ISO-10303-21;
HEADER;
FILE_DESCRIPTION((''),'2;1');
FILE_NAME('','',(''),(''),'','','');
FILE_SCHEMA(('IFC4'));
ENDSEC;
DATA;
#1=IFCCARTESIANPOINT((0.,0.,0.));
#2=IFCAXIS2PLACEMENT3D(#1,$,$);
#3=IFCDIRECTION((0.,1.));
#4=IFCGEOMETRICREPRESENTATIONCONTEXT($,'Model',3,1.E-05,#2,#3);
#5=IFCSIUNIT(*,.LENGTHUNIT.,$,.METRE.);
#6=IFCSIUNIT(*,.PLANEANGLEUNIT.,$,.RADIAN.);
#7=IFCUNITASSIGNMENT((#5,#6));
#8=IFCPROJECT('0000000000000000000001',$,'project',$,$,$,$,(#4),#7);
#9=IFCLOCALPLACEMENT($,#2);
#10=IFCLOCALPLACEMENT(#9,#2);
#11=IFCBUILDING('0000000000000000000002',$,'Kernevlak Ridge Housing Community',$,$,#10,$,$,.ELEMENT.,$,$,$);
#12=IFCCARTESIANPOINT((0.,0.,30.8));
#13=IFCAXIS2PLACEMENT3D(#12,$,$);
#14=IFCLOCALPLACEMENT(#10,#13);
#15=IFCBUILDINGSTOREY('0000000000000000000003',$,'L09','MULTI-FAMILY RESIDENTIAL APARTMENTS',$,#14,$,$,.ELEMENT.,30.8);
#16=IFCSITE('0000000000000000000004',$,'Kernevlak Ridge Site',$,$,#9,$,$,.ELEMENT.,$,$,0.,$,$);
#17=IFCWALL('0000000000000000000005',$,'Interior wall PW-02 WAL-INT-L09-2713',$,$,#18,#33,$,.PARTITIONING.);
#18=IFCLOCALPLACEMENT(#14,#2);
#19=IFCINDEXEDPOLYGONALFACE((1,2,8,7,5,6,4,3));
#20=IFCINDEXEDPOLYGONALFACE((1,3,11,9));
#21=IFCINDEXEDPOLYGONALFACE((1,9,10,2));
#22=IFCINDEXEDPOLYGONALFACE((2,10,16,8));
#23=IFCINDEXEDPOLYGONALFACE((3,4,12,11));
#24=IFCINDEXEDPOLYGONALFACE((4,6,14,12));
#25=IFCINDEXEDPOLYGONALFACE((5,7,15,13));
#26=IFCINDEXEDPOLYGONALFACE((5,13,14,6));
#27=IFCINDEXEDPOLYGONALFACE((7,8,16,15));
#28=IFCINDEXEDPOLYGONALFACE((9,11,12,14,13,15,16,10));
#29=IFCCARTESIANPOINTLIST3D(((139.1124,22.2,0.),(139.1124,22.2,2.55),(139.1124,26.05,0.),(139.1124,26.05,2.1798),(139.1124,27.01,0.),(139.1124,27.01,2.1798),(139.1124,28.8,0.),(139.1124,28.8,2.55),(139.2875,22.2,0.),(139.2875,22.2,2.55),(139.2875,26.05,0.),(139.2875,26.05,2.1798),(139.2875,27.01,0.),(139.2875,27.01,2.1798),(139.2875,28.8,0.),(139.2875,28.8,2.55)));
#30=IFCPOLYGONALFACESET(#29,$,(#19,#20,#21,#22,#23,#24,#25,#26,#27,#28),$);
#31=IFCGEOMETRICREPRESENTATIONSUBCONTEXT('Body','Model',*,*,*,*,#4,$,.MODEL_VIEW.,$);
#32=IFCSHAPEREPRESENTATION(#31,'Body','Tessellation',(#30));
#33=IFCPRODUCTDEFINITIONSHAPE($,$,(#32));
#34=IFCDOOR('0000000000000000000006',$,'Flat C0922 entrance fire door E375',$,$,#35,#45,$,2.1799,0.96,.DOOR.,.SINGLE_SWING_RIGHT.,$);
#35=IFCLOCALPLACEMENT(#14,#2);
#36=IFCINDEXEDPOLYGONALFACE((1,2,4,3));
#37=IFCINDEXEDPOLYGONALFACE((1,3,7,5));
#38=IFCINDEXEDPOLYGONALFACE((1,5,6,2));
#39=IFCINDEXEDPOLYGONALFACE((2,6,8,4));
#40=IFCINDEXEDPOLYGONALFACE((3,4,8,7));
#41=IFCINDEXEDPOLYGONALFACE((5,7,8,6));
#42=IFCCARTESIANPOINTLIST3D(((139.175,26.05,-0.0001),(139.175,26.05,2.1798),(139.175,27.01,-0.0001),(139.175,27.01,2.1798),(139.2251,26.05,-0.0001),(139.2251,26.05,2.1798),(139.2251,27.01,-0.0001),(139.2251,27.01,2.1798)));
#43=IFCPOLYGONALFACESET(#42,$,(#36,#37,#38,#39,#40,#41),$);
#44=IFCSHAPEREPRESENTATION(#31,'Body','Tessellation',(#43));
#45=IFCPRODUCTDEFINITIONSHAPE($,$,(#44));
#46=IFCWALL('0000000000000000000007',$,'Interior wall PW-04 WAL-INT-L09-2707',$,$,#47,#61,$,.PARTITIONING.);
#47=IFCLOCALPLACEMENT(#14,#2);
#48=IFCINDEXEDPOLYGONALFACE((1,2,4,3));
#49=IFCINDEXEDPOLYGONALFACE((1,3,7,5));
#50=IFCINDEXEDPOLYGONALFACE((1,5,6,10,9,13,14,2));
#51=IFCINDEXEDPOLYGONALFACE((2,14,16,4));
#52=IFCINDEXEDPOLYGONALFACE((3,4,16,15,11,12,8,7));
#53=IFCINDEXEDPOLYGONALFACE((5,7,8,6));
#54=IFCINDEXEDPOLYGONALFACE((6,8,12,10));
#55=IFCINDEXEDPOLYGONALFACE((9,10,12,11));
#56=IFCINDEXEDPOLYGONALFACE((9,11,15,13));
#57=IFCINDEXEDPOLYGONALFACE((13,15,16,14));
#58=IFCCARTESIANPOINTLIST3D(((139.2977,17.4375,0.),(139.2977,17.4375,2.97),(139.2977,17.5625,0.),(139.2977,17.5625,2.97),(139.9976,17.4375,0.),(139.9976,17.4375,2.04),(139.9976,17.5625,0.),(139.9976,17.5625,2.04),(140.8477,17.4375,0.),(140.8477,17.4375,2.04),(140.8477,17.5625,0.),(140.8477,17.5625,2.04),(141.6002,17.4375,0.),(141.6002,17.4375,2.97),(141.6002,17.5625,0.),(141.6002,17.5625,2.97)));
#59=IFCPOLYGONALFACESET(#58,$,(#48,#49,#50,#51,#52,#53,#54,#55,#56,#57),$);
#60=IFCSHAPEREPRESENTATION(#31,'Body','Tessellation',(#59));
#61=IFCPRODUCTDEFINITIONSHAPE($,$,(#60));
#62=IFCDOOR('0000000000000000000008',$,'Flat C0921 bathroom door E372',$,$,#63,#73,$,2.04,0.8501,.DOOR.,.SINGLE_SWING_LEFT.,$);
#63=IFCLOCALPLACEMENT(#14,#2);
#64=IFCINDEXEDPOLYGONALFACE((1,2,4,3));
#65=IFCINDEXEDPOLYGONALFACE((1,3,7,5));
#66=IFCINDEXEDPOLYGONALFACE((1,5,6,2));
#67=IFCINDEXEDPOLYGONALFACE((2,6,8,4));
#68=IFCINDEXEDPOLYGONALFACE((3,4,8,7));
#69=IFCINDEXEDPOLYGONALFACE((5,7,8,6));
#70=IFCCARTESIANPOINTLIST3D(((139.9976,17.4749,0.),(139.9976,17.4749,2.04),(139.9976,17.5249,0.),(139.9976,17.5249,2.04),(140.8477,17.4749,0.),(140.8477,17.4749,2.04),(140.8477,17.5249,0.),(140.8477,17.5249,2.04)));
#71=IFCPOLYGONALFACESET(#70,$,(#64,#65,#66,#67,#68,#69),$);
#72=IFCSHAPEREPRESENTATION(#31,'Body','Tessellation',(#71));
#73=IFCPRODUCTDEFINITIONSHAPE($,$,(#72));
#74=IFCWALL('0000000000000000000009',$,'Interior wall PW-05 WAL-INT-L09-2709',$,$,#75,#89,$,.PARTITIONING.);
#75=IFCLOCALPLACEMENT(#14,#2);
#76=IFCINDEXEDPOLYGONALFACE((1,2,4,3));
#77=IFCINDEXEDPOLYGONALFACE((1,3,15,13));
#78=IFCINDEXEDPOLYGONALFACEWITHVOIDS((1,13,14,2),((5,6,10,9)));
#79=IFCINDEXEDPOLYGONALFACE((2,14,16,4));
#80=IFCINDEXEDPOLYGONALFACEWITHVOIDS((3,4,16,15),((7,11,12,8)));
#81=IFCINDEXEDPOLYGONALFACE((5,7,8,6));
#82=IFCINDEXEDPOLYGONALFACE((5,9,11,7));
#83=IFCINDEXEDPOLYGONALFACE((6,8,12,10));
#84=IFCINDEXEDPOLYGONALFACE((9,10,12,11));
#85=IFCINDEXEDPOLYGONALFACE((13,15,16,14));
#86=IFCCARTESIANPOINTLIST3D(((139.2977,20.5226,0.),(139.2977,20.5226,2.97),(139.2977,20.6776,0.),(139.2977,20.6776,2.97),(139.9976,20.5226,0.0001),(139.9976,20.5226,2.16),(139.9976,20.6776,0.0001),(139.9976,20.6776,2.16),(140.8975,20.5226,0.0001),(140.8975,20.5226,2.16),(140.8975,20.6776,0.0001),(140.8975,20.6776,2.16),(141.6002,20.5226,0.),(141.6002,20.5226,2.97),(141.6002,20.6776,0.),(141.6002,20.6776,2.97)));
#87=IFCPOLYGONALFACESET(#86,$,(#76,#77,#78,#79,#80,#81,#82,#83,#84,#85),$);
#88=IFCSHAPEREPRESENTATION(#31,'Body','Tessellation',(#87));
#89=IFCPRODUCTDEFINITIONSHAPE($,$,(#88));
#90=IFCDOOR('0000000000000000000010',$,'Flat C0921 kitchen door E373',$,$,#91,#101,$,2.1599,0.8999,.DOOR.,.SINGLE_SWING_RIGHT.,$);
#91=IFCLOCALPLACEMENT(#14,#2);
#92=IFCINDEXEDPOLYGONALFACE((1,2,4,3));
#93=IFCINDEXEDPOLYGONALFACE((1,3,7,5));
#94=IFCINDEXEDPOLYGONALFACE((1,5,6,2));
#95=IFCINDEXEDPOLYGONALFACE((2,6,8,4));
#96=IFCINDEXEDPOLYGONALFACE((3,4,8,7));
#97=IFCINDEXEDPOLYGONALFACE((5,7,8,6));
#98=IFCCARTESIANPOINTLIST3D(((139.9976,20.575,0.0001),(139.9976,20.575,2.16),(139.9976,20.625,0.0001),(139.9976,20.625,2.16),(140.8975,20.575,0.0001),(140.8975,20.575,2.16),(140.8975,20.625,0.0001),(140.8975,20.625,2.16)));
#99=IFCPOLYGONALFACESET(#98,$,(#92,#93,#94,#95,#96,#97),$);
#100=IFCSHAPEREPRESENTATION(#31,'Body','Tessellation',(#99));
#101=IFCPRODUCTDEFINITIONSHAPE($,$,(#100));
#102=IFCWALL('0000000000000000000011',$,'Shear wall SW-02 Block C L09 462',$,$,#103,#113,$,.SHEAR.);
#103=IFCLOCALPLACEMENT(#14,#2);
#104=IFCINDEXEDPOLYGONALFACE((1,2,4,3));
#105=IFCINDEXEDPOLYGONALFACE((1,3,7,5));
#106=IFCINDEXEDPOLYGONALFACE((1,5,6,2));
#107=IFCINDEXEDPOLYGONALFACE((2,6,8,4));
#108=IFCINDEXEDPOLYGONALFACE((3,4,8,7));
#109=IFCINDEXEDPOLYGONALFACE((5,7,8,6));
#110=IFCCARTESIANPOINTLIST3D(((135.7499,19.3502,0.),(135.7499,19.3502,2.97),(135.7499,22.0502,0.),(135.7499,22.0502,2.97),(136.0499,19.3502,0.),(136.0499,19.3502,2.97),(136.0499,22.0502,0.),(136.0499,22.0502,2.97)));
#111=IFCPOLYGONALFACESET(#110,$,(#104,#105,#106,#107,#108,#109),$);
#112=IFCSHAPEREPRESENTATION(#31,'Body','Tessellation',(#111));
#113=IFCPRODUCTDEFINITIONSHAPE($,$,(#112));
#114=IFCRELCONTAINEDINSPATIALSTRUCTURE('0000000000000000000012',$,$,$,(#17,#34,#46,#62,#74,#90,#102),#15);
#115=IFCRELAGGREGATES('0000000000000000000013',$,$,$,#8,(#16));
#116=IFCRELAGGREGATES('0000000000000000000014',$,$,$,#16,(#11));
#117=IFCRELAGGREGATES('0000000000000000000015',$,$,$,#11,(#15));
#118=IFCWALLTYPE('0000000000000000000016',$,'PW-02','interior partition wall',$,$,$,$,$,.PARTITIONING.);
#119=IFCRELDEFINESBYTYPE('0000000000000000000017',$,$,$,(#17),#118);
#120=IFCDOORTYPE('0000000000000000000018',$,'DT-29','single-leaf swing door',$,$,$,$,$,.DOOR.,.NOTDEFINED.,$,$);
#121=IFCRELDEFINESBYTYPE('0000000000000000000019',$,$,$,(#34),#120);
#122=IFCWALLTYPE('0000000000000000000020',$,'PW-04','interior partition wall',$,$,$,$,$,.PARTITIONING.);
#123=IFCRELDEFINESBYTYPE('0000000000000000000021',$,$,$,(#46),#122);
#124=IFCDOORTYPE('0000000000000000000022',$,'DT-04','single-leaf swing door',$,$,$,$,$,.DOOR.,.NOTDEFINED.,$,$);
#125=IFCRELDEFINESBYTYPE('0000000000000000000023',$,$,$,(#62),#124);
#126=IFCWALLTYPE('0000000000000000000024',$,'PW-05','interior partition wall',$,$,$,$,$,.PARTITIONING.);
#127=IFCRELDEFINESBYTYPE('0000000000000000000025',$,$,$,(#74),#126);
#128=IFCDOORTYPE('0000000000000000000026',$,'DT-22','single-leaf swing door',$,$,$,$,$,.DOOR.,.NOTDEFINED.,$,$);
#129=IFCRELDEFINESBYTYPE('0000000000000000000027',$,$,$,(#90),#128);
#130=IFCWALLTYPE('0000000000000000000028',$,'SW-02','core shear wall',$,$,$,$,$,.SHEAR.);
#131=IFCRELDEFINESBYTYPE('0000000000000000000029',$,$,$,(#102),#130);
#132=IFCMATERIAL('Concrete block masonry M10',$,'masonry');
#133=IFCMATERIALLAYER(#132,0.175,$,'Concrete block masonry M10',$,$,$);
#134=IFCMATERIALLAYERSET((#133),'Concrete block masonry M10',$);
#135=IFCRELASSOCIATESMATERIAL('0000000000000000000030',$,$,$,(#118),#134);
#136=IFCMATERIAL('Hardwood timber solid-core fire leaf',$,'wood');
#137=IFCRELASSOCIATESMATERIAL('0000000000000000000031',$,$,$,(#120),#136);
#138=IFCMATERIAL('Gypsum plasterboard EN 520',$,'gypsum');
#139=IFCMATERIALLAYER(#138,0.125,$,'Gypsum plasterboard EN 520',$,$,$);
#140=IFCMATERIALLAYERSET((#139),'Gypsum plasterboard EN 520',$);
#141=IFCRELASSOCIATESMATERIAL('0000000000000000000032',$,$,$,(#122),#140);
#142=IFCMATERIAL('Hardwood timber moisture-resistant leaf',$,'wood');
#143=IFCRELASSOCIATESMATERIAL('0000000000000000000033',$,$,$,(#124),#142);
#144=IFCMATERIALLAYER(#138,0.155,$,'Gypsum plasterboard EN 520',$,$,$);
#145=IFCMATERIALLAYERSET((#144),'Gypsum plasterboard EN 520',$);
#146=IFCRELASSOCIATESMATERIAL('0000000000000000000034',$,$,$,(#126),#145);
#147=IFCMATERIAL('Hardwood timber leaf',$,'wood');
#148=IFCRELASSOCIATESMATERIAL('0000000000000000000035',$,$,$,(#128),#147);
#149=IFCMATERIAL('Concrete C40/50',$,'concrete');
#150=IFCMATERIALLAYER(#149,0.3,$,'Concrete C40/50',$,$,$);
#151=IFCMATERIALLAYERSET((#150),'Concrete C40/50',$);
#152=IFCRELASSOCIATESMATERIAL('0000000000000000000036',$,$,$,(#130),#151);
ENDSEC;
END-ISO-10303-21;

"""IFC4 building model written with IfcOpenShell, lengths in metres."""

from ifc_helpers import new_model, si_unit, direction, frame, frame_2d, origin, place, context, subcontext, project, spatial, rectangle, extrude, material, layer, layer_set, type_object, element, fill, save


model = new_model("IFC4")

# Units and contexts
model_context = context("Model", 3, precision=1e-05, world=origin(), true_north=direction((0.0, 1.0)))
body_context = subcontext(model_context, "Body", "Model", "MODEL_VIEW")
ifc_project = project(units=[si_unit("LENGTHUNIT", "METRE"), si_unit("PLANEANGLEUNIT", "RADIAN")], contexts=[model_context])

# Site, building, storey
site_placement = place(None, origin())
site = spatial("IfcSite", under=ifc_project, at=site_placement, Name="Kernevlak Ridge Site", CompositionType="ELEMENT", RefElevation=0.0)
building_placement = place(site_placement, origin())
building = spatial("IfcBuilding", under=site, at=building_placement, Name="Kernevlak Ridge Housing Community", CompositionType="ELEMENT")
storey_placement = place(building_placement, frame((0.0, 0.0, 30.8)))
storey = spatial("IfcBuildingStorey", under=building, at=storey_placement, Name="L09", Description="MULTI-FAMILY RESIDENTIAL APARTMENTS", CompositionType="ELEMENT", Elevation=30.8)

# Shared definitions
ifc_material_1 = material(Name="Concrete block masonry M10", Category="masonry")
ifc_layer_1 = layer(ifc_material_1, 0.175, Name="Concrete block masonry M10")
ifc_layer_set_1 = layer_set([ifc_layer_1], Name="Concrete block masonry M10")
wall_type_1 = type_object("IfcWallType", Name="PW-02", Description="interior partition wall", PredefinedType="PARTITIONING", material=ifc_layer_set_1)

# Walls, openings, doors
ifc_material_2 = material(Name="Hardwood timber solid-core fire leaf", Category="wood")
door_type_1 = type_object("IfcDoorType", Name="DT-29", Description="single-leaf swing door", OperationType="NOTDEFINED", PredefinedType="DOOR", material=ifc_material_2)
wall_1_placement = place(storey_placement, frame((139.2, 22.2, 0.0), z_axis=(0.0, 0.0, 1.0), x_axis=(0.0, 1.0, 0.0)))
wall_1 = element("IfcWall", 1, at=wall_1_placement, inside=storey, type_object=wall_type_1, Name="Interior wall PW-02 WAL-INT-L09-2713", PredefinedType="PARTITIONING", context=body_context, shape_type="SweptSolid", body=[
    extrude(rectangle(XDim=6.6001, YDim=0.175, at=frame_2d((3.3, 0.0))), origin(), (0.0, 0.0, 1.0), 2.55),
])
opening_1_placement = place(wall_1_placement, frame((3.8501, 0.0, 0.0)))
opening_1 = element("IfcOpeningElement", 2, at=opening_1_placement, cuts=wall_1, PredefinedType="OPENING", context=body_context, shape_type="SweptSolid", body=[
    extrude(rectangle(XDim=0.96, YDim=2.1799, at=frame_2d((0.48, 1.0898))), frame((0.0, 0.0974, 0.0), z_axis=(0.0, -1.0, 0.0), x_axis=(1.0, 0.0, 0.0)), (0.0, 0.0, 1.0), 0.1951),
])
door_1_placement = place(opening_1_placement, origin())
door_1 = element("IfcDoor", 3, at=door_1_placement, inside=storey, type_object=door_type_1, Name="Flat C0922 entrance fire door E375", OperationType="SINGLE_SWING_RIGHT", OverallHeight=2.1799, OverallWidth=0.96, PredefinedType="DOOR", context=body_context, shape_type="SweptSolid", body=[
    extrude(rectangle(XDim=0.96, YDim=2.1799, at=frame_2d((0.48, 1.0898))), frame((0.0, 0.0249, 0.0), z_axis=(0.0, -1.0, 0.0), x_axis=(1.0, 0.0, 0.0)), (0.0, 0.0, 1.0), 0.05),
])
fill(opening_1, door_1)
ifc_material_3 = material(Name="Gypsum plasterboard EN 520", Category="gypsum")
ifc_layer_2 = layer(ifc_material_3, 0.125, Name="Gypsum plasterboard EN 520")
ifc_layer_set_2 = layer_set([ifc_layer_2], Name="Gypsum plasterboard EN 520")
wall_type_2 = type_object("IfcWallType", Name="PW-04", Description="interior partition wall", PredefinedType="PARTITIONING", material=ifc_layer_set_2)
wall_2_placement = place(storey_placement, frame((139.2976, 17.5, 0.0), z_axis=(0.0, 0.0, 1.0), x_axis=(1.0, 0.0, 0.0)))
wall_2 = element("IfcWall", 4, at=wall_2_placement, inside=storey, type_object=wall_type_2, Name="Interior wall PW-04 WAL-INT-L09-2707", PredefinedType="PARTITIONING", context=body_context, shape_type="SweptSolid", body=[
    extrude(rectangle(XDim=2.3025, YDim=0.125, at=frame_2d((1.1514, 0.0))), origin(), (0.0, 0.0, 1.0), 2.97),
])
opening_2_placement = place(wall_2_placement, frame((0.7, 0.0, 0.0)))
opening_2 = element("IfcOpeningElement", 5, at=opening_2_placement, cuts=wall_2, PredefinedType="OPENING", context=body_context, shape_type="SweptSolid", body=[
    extrude(rectangle(XDim=0.8501, YDim=2.04, at=frame_2d((0.425, 1.02))), frame((0.0, 0.0725, 0.0), z_axis=(0.0, -1.0, 0.0), x_axis=(1.0, 0.0, 0.0)), (0.0, 0.0, 1.0), 0.145),
])
ifc_material_4 = material(Name="Hardwood timber moisture-resistant leaf", Category="wood")
door_type_2 = type_object("IfcDoorType", Name="DT-04", Description="single-leaf swing door", OperationType="NOTDEFINED", PredefinedType="DOOR", material=ifc_material_4)
door_2_placement = place(opening_2_placement, origin())
door_2 = element("IfcDoor", 6, at=door_2_placement, inside=storey, type_object=door_type_2, Name="Flat C0921 bathroom door E372", OperationType="SINGLE_SWING_LEFT", OverallHeight=2.04, OverallWidth=0.8501, PredefinedType="DOOR", context=body_context, shape_type="SweptSolid", body=[
    extrude(rectangle(XDim=0.8501, YDim=2.04, at=frame_2d((0.425, 1.02))), frame((0.0, 0.0249, 0.0), z_axis=(0.0, -1.0, 0.0), x_axis=(1.0, 0.0, 0.0)), (0.0, 0.0, 1.0), 0.05),
])
fill(opening_2, door_2)
ifc_layer_3 = layer(ifc_material_3, 0.155, Name="Gypsum plasterboard EN 520")
ifc_layer_set_3 = layer_set([ifc_layer_3], Name="Gypsum plasterboard EN 520")
wall_type_3 = type_object("IfcWallType", Name="PW-05", Description="interior partition wall", PredefinedType="PARTITIONING", material=ifc_layer_set_3)
wall_3_placement = place(storey_placement, frame((139.2976, 20.6001, 0.0), z_axis=(0.0, 0.0, 1.0), x_axis=(1.0, 0.0, 0.0)))
wall_3 = element("IfcWall", 7, at=wall_3_placement, inside=storey, type_object=wall_type_3, Name="Interior wall PW-05 WAL-INT-L09-2709", PredefinedType="PARTITIONING", context=body_context, shape_type="SweptSolid", body=[
    extrude(rectangle(XDim=2.3025, YDim=0.155, at=frame_2d((1.1514, 0.0))), origin(), (0.0, 0.0, 1.0), 2.97),
])
opening_3_placement = place(wall_3_placement, frame((0.7, 0.0, 0.0)))
opening_3 = element("IfcOpeningElement", 8, at=opening_3_placement, cuts=wall_3, PredefinedType="OPENING", context=body_context, shape_type="SweptSolid", body=[
    extrude(rectangle(XDim=0.8999, YDim=2.1599, at=frame_2d((0.45, 1.0801))), frame((0.0, 0.0874, 0.0), z_axis=(0.0, -1.0, 0.0), x_axis=(1.0, 0.0, 0.0)), (0.0, 0.0, 1.0), 0.175),
])
ifc_material_5 = material(Name="Hardwood timber leaf", Category="wood")
door_type_3 = type_object("IfcDoorType", Name="DT-22", Description="single-leaf swing door", OperationType="NOTDEFINED", PredefinedType="DOOR", material=ifc_material_5)
door_3_placement = place(opening_3_placement, origin())
door_3 = element("IfcDoor", 9, at=door_3_placement, inside=storey, type_object=door_type_3, Name="Flat C0921 kitchen door E373", OperationType="SINGLE_SWING_RIGHT", OverallHeight=2.1599, OverallWidth=0.8999, PredefinedType="DOOR", context=body_context, shape_type="SweptSolid", body=[
    extrude(rectangle(XDim=0.8999, YDim=2.1599, at=frame_2d((0.45, 1.0801))), frame((0.0, 0.0249, 0.0), z_axis=(0.0, -1.0, 0.0), x_axis=(1.0, 0.0, 0.0)), (0.0, 0.0, 1.0), 0.05),
])
fill(opening_3, door_3)

# Wall
ifc_material_6 = material(Name="Concrete C40/50", Category="concrete")
ifc_layer_4 = layer(ifc_material_6, 0.3, Name="Concrete C40/50")
ifc_layer_set_4 = layer_set([ifc_layer_4], Name="Concrete C40/50")
wall_type_4 = type_object("IfcWallType", Name="SW-02", Description="core shear wall", PredefinedType="SHEAR", material=ifc_layer_set_4)
wall_4_placement = place(storey_placement, frame((135.8999, 19.3501, 0.0), z_axis=(0.0, 0.0, 1.0), x_axis=(0.0, 1.0, 0.0)))
element("IfcWall", 10, at=wall_4_placement, inside=storey, type_object=wall_type_4, Name="Shear wall SW-02 Block C L09 462", PredefinedType="SHEAR", context=body_context, shape_type="SweptSolid", body=[
    extrude(rectangle(XDim=2.7, YDim=0.3, at=frame_2d((1.3501, 0.0))), origin(), (0.0, 0.0, 1.0), 2.97),
])

save(model, "model.ifc")
